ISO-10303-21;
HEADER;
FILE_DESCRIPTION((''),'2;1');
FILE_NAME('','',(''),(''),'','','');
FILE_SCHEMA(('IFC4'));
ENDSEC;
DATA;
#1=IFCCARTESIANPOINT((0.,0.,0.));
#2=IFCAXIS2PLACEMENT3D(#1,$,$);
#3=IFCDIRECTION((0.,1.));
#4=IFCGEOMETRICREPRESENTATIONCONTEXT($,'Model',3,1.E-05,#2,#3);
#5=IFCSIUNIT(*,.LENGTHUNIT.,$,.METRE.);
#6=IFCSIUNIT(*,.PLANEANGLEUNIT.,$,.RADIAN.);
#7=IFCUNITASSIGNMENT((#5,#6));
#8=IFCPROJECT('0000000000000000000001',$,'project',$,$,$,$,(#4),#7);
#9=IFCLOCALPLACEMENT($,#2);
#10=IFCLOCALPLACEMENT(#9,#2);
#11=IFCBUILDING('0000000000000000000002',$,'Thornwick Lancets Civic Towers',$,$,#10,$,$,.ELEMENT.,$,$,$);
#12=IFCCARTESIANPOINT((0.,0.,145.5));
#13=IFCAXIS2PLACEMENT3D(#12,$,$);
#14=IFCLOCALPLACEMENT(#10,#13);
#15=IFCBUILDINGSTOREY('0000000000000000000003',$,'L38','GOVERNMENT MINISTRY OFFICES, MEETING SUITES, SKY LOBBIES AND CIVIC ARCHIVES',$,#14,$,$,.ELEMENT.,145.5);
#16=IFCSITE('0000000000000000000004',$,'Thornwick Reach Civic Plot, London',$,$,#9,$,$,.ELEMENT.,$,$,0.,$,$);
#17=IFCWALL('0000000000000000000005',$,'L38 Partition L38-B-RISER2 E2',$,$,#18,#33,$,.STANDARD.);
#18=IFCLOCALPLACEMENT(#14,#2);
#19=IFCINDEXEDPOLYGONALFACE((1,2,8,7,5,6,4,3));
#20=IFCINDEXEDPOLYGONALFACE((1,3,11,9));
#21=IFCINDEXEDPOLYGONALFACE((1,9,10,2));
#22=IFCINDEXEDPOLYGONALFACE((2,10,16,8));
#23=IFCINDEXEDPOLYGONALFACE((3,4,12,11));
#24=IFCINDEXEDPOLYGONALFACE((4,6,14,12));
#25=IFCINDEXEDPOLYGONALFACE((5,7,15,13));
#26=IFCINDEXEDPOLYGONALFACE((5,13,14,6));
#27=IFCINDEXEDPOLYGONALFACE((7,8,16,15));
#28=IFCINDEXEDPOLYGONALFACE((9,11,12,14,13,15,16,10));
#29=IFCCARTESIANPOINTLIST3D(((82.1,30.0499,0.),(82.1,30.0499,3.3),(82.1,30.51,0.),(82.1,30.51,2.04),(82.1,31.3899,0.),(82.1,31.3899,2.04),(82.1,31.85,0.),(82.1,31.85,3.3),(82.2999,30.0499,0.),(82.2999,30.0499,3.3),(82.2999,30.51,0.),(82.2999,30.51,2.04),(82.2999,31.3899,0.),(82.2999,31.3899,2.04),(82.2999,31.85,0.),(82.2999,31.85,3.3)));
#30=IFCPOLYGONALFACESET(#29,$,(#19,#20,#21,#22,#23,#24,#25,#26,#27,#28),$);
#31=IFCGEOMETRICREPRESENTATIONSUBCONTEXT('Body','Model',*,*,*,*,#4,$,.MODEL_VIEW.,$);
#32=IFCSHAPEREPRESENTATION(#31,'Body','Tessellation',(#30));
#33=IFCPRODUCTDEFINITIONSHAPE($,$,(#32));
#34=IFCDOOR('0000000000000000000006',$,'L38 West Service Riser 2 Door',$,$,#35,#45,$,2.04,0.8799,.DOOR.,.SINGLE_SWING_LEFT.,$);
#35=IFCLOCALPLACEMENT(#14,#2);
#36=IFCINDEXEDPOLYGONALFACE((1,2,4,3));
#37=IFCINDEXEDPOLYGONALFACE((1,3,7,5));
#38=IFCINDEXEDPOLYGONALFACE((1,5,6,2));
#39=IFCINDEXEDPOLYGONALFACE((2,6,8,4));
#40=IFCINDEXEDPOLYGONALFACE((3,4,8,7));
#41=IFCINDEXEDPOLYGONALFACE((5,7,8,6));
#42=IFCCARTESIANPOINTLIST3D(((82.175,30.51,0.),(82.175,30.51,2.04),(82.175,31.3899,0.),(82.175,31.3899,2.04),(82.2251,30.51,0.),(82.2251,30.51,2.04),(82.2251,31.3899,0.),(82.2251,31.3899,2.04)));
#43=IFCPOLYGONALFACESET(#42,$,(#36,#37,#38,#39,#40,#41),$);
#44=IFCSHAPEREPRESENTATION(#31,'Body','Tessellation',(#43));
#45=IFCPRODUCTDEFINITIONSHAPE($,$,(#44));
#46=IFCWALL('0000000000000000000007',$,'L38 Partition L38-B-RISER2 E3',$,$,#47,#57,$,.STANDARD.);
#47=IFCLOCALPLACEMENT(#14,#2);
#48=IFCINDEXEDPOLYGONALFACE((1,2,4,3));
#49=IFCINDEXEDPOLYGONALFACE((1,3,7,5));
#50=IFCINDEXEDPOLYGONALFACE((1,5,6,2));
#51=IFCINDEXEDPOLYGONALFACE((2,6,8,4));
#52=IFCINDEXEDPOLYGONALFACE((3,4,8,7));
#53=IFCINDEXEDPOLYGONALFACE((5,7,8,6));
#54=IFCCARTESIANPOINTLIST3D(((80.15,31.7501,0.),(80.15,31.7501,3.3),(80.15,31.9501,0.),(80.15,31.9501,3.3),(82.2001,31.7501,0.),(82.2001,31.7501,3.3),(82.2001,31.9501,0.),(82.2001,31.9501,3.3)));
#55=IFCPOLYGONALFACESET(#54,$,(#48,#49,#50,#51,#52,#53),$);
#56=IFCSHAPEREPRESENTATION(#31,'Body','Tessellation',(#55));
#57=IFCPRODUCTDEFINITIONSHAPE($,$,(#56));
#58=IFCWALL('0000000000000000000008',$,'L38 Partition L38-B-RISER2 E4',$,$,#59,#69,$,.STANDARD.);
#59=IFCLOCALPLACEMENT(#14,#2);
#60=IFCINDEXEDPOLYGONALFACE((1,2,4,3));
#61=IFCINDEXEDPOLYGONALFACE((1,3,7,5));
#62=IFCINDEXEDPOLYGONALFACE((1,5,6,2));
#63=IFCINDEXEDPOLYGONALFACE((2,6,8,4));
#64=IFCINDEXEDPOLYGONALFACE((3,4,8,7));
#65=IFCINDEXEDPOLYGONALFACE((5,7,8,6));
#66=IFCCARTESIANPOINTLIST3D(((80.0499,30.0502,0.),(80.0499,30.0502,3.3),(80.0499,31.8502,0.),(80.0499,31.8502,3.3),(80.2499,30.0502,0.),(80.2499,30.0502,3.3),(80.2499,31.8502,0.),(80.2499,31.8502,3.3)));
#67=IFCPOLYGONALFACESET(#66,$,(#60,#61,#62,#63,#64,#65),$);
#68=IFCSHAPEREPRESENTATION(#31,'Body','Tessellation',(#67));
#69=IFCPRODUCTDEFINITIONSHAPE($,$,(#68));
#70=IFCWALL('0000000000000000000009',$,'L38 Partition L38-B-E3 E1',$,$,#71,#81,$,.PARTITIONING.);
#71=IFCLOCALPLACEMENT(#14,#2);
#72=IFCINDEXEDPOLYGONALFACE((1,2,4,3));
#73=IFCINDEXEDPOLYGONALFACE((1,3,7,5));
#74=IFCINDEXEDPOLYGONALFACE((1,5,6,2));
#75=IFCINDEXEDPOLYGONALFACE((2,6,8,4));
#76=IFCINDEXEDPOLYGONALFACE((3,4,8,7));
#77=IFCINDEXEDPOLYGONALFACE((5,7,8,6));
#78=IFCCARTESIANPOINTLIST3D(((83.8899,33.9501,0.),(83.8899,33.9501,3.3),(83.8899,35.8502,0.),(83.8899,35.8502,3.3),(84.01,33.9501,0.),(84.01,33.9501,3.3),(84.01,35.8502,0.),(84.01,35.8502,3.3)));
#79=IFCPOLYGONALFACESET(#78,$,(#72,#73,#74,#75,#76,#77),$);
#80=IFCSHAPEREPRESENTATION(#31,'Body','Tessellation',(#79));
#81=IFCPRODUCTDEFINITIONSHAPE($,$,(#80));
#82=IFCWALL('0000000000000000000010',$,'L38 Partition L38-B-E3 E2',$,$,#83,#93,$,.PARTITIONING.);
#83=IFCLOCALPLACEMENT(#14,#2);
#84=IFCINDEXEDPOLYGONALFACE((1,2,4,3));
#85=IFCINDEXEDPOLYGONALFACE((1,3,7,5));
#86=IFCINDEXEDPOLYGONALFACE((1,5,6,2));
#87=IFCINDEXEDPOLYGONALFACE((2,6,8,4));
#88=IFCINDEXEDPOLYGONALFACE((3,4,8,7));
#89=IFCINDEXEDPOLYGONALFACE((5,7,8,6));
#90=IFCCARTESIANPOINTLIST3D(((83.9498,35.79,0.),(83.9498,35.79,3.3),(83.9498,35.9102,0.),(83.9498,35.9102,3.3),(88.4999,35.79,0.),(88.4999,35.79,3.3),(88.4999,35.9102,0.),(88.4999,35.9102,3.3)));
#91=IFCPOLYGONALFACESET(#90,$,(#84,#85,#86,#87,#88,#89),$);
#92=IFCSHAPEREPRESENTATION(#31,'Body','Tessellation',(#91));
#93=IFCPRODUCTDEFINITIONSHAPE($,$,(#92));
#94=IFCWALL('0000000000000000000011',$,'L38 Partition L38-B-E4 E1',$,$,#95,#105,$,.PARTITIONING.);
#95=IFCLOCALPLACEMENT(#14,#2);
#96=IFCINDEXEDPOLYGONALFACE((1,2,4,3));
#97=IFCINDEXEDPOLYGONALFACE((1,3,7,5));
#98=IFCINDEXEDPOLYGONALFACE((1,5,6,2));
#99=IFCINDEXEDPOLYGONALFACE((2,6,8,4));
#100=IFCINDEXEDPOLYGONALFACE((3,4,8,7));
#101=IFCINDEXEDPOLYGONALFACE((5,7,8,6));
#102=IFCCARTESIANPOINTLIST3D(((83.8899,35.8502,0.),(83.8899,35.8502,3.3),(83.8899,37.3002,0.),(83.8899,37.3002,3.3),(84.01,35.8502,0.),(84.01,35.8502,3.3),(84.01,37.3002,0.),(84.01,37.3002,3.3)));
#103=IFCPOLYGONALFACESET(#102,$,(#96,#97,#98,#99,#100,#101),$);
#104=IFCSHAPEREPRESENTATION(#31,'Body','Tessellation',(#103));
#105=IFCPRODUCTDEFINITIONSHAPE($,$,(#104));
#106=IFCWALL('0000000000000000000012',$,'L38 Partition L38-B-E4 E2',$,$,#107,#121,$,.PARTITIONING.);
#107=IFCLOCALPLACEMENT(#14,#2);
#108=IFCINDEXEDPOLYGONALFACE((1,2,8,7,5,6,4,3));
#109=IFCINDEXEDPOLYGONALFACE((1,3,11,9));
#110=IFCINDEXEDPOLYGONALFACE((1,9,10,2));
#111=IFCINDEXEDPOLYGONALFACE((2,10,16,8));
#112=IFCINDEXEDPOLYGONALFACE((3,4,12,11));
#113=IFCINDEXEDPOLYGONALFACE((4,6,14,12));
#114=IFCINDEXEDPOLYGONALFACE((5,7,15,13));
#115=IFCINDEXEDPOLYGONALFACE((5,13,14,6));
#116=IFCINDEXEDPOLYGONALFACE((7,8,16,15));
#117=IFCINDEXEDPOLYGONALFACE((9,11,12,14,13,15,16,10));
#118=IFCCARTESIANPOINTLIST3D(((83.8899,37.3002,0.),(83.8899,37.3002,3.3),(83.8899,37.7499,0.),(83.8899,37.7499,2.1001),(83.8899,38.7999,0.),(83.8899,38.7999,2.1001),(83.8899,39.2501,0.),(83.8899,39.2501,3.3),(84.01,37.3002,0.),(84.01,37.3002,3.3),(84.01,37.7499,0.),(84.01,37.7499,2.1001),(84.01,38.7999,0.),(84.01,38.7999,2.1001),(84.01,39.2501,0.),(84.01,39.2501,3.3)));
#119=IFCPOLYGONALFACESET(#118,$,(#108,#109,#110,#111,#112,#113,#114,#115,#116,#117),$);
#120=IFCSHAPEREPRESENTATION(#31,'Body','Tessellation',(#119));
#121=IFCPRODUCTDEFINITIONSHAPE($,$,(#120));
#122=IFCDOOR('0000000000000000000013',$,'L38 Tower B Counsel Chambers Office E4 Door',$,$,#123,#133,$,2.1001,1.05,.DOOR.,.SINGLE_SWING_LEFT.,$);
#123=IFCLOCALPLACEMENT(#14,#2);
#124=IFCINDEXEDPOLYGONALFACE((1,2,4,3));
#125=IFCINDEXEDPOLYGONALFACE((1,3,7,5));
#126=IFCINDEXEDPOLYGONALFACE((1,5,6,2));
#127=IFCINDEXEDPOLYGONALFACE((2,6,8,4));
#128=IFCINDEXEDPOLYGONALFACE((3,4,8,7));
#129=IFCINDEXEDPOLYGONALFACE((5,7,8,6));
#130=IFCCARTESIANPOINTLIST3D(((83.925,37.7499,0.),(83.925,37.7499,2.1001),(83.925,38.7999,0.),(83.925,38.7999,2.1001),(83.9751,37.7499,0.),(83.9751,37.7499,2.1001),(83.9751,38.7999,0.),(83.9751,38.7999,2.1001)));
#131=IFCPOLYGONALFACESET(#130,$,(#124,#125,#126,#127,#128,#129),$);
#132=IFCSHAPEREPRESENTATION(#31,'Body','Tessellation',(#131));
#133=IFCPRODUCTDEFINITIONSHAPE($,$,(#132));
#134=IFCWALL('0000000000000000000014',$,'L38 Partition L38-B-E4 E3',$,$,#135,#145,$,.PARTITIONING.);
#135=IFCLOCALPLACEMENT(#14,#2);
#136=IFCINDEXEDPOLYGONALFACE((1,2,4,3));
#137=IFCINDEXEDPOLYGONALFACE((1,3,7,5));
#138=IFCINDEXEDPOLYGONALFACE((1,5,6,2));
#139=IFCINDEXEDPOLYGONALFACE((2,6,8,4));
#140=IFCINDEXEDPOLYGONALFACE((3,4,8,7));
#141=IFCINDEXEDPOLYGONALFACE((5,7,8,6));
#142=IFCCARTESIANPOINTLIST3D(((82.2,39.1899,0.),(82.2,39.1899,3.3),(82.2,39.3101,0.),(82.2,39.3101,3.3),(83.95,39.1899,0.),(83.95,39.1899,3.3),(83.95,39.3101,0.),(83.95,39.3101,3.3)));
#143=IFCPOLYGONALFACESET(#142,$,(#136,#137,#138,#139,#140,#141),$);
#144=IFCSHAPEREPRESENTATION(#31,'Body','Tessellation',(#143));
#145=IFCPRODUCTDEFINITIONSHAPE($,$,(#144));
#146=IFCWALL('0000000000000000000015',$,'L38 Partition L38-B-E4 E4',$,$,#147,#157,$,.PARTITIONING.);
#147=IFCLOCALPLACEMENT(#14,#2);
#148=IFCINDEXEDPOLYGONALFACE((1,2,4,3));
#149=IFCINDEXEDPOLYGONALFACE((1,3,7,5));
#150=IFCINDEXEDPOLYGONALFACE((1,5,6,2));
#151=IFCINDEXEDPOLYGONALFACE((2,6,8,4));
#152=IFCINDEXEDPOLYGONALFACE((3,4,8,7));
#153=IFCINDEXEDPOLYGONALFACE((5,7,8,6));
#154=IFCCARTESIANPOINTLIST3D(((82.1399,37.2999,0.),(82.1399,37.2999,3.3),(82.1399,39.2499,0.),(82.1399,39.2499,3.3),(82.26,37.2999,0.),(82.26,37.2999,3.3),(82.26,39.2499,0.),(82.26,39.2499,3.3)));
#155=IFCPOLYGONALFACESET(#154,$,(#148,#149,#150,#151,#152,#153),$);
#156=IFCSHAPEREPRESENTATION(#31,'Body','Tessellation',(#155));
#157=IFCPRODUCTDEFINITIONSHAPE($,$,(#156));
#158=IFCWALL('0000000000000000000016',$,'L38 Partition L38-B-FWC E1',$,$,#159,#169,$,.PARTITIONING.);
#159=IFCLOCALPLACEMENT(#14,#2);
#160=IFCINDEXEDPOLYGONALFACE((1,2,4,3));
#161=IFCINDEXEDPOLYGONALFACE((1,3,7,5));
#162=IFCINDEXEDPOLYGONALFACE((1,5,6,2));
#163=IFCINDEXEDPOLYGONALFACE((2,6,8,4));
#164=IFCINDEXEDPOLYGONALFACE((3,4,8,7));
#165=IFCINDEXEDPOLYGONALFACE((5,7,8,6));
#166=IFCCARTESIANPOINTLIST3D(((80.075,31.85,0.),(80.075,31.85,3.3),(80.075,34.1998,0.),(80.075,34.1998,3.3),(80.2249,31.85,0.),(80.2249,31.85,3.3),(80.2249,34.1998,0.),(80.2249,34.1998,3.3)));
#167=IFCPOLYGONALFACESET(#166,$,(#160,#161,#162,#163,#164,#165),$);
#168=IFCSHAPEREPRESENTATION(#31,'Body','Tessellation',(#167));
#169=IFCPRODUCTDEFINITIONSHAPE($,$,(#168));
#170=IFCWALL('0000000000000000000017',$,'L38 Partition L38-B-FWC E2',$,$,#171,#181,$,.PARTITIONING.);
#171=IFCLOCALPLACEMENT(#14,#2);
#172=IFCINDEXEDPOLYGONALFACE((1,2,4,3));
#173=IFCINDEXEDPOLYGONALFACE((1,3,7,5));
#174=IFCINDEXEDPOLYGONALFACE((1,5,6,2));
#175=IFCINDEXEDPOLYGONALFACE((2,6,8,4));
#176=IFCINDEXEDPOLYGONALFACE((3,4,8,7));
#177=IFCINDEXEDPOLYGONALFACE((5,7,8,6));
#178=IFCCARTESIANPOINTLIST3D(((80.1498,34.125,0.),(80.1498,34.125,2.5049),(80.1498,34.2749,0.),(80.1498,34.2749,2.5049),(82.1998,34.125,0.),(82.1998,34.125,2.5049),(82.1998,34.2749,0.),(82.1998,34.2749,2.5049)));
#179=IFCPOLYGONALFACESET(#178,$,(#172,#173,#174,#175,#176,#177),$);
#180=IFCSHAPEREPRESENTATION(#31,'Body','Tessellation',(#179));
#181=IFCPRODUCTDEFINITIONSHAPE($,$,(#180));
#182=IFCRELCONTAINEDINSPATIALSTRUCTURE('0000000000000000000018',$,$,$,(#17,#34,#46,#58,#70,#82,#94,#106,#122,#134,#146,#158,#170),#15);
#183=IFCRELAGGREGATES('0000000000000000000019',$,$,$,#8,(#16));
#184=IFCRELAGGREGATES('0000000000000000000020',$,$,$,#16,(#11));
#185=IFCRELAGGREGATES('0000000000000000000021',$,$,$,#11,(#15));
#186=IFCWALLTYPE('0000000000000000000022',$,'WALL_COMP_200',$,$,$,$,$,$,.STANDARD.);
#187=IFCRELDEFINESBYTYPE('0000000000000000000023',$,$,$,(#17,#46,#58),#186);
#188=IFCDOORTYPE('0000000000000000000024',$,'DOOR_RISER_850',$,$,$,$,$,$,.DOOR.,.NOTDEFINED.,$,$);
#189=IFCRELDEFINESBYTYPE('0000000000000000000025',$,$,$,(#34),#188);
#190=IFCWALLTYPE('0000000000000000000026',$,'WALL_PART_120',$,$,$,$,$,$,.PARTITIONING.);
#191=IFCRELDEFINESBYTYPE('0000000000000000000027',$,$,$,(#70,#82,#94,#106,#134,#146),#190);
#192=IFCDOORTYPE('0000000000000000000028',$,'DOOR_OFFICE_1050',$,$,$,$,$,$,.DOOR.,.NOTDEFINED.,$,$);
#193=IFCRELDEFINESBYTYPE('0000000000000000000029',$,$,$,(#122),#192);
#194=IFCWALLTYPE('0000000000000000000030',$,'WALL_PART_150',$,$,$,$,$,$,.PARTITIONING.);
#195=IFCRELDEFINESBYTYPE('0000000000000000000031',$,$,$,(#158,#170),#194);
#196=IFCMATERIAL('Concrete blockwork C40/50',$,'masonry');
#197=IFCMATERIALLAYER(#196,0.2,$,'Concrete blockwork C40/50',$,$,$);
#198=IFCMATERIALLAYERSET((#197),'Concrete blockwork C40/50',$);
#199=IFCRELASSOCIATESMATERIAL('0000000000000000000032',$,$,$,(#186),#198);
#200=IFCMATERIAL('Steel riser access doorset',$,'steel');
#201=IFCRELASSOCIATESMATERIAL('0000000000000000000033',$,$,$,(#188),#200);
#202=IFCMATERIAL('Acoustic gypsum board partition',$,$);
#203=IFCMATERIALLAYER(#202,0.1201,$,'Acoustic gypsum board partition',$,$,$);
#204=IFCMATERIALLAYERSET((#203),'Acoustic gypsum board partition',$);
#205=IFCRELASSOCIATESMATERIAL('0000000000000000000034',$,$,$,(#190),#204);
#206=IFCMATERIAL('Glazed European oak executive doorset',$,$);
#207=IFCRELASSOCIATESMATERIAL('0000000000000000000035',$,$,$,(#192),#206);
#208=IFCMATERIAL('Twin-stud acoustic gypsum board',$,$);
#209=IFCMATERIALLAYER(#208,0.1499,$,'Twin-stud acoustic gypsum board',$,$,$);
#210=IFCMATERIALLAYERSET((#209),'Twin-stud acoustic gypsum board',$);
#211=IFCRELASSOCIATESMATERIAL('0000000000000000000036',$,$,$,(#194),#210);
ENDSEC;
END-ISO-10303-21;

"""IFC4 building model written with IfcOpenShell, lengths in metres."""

from ifc_helpers import new_model, si_unit, direction, frame, frame_2d, origin, place, context, subcontext, project, spatial, rectangle, extrude, material, layer, layer_set, type_object, element, fill, save


model = new_model("IFC4")

# Units and contexts
model_context = context("Model", 3, precision=1e-05, world=origin(), true_north=direction((0.0, 1.0)))
body_context = subcontext(model_context, "Body", "Model", "MODEL_VIEW")
ifc_project = project(units=[si_unit("LENGTHUNIT", "METRE"), si_unit("PLANEANGLEUNIT", "RADIAN")], contexts=[model_context])

# Site, building, storey
site_placement = place(None, origin())
site = spatial("IfcSite", under=ifc_project, at=site_placement, Name="Thornwick Reach Civic Plot, London", CompositionType="ELEMENT", RefElevation=0.0)
building_placement = place(site_placement, origin())
building = spatial("IfcBuilding", under=site, at=building_placement, Name="Thornwick Lancets Civic Towers", CompositionType="ELEMENT")
storey_placement = place(building_placement, frame((0.0, 0.0, 145.5)))
storey = spatial("IfcBuildingStorey", under=building, at=storey_placement, Name="L38", Description="GOVERNMENT MINISTRY OFFICES, MEETING SUITES, SKY LOBBIES AND CIVIC ARCHIVES", CompositionType="ELEMENT", Elevation=145.5)

# Shared definitions
ifc_material_1 = material(Name="Concrete blockwork C40/50", Category="masonry")
ifc_layer_1 = layer(ifc_material_1, 0.2, Name="Concrete blockwork C40/50")
ifc_layer_set_1 = layer_set([ifc_layer_1], Name="Concrete blockwork C40/50")
wall_type_1 = type_object("IfcWallType", Name="WALL_COMP_200", PredefinedType="STANDARD", material=ifc_layer_set_1)

# Wall, opening, door
wall_1_placement = place(storey_placement, frame((82.2, 30.05, 0.0), z_axis=(0.0, 0.0, 1.0), x_axis=(0.0, 1.0, 0.0)))
wall_1 = element("IfcWall", 1, at=wall_1_placement, inside=storey, type_object=wall_type_1, Name="L38 Partition L38-B-RISER2 E2", PredefinedType="STANDARD", context=body_context, shape_type="SweptSolid", body=[
    extrude(rectangle(XDim=1.8, YDim=0.2, at=frame_2d((0.8999, 0.0))), origin(), (0.0, 0.0, 1.0), 3.3),
])
opening_1_placement = place(wall_1_placement, frame((0.46, 0.0, 0.0)))
opening_1 = element("IfcOpeningElement", 2, at=opening_1_placement, cuts=wall_1, PredefinedType="OPENING", context=body_context, shape_type="SweptSolid", body=[
    extrude(rectangle(XDim=0.8799, YDim=2.04, at=frame_2d((0.4399, 1.02))), frame((0.0, 0.1099, 0.0), z_axis=(0.0, -1.0, 0.0), x_axis=(1.0, 0.0, 0.0)), (0.0, 0.0, 1.0), 0.22),
])
ifc_material_2 = material(Name="Steel riser access doorset", Category="steel")
door_type_1 = type_object("IfcDoorType", Name="DOOR_RISER_850", OperationType="NOTDEFINED", PredefinedType="DOOR", material=ifc_material_2)
door_1_placement = place(opening_1_placement, origin())
door_1 = element("IfcDoor", 3, at=door_1_placement, inside=storey, type_object=door_type_1, Name="L38 West Service Riser 2 Door", OperationType="SINGLE_SWING_LEFT", OverallHeight=2.04, OverallWidth=0.8799, PredefinedType="DOOR", context=body_context, shape_type="SweptSolid", body=[
    extrude(rectangle(XDim=0.8799, YDim=2.04, at=frame_2d((0.4399, 1.02))), frame((0.0, 0.0249, 0.0), z_axis=(0.0, -1.0, 0.0), x_axis=(1.0, 0.0, 0.0)), (0.0, 0.0, 1.0), 0.05),
])
fill(opening_1, door_1)

# Walls
wall_2_placement = place(storey_placement, frame((82.2, 31.8501, 0.0), z_axis=(0.0, 0.0, 1.0), x_axis=(-1.0, 0.0, 0.0)))
element("IfcWall", 4, at=wall_2_placement, inside=storey, type_object=wall_type_1, Name="L38 Partition L38-B-RISER2 E3", PredefinedType="STANDARD", context=body_context, shape_type="SweptSolid", body=[
    extrude(rectangle(XDim=2.05, YDim=0.2, at=frame_2d((1.0249, 0.0))), origin(), (0.0, 0.0, 1.0), 3.3),
])
wall_3_placement = place(storey_placement, frame((80.1499, 31.8501, 0.0), z_axis=(0.0, 0.0, 1.0), x_axis=(0.0, -1.0, 0.0)))
element("IfcWall", 5, at=wall_3_placement, inside=storey, type_object=wall_type_1, Name="L38 Partition L38-B-RISER2 E4", PredefinedType="STANDARD", context=body_context, shape_type="SweptSolid", body=[
    extrude(rectangle(XDim=1.8, YDim=0.2, at=frame_2d((0.8999, 0.0))), origin(), (0.0, 0.0, 1.0), 3.3),
])
ifc_material_3 = material(Name="Acoustic gypsum board partition")
ifc_layer_2 = layer(ifc_material_3, 0.1201, Name="Acoustic gypsum board partition")
ifc_layer_set_2 = layer_set([ifc_layer_2], Name="Acoustic gypsum board partition")
wall_type_2 = type_object("IfcWallType", Name="WALL_PART_120", PredefinedType="PARTITIONING", material=ifc_layer_set_2)
wall_4_placement = place(storey_placement, frame((83.95, 33.95, 0.0), z_axis=(0.0, 0.0, 1.0), x_axis=(0.0, 1.0, 0.0)))
element("IfcWall", 6, at=wall_4_placement, inside=storey, type_object=wall_type_2, Name="L38 Partition L38-B-E3 E1", PredefinedType="PARTITIONING", context=body_context, shape_type="SweptSolid", body=[
    extrude(rectangle(XDim=1.9001, YDim=0.1201, at=frame_2d((0.9502, 0.0))), origin(), (0.0, 0.0, 1.0), 3.3),
])
wall_5_placement = place(storey_placement, frame((83.95, 35.8501, 0.0), z_axis=(0.0, 0.0, 1.0), x_axis=(1.0, 0.0, 0.0)))
element("IfcWall", 7, at=wall_5_placement, inside=storey, type_object=wall_type_2, Name="L38 Partition L38-B-E3 E2", PredefinedType="PARTITIONING", context=body_context, shape_type="SweptSolid", body=[
    extrude(rectangle(XDim=4.55, YDim=0.1201, at=frame_2d((2.2749, 0.0))), origin(), (0.0, 0.0, 1.0), 3.3),
])
wall_6_placement = place(storey_placement, frame((83.95, 35.8501, 0.0), z_axis=(0.0, 0.0, 1.0), x_axis=(0.0, 1.0, 0.0)))
element("IfcWall", 8, at=wall_6_placement, inside=storey, type_object=wall_type_2, Name="L38 Partition L38-B-E4 E1", PredefinedType="PARTITIONING", context=body_context, shape_type="SweptSolid", body=[
    extrude(rectangle(XDim=1.45, YDim=0.1201, at=frame_2d((0.7251, 0.0))), origin(), (0.0, 0.0, 1.0), 3.3),
])

# Wall, opening, door
wall_7_placement = place(storey_placement, frame((83.95, 37.3, 0.0), z_axis=(0.0, 0.0, 1.0), x_axis=(0.0, 1.0, 0.0)))
wall_7 = element("IfcWall", 9, at=wall_7_placement, inside=storey, type_object=wall_type_2, Name="L38 Partition L38-B-E4 E2", PredefinedType="PARTITIONING", context=body_context, shape_type="SweptSolid", body=[
    extrude(rectangle(XDim=1.95, YDim=0.1201, at=frame_2d((0.9751, 0.0))), origin(), (0.0, 0.0, 1.0), 3.3),
])
opening_2_placement = place(wall_7_placement, frame((0.45, 0.0, 0.0)))
opening_2 = element("IfcOpeningElement", 10, at=opening_2_placement, cuts=wall_7, PredefinedType="OPENING", context=body_context, shape_type="SweptSolid", body=[
    extrude(rectangle(XDim=1.05, YDim=2.1001, at=frame_2d((0.5249, 1.05))), frame((0.0, 0.0701, 0.0), z_axis=(0.0, -1.0, 0.0), x_axis=(1.0, 0.0, 0.0)), (0.0, 0.0, 1.0), 0.1401),
])
ifc_material_4 = material(Name="Glazed European oak executive doorset")
door_type_2 = type_object("IfcDoorType", Name="DOOR_OFFICE_1050", OperationType="NOTDEFINED", PredefinedType="DOOR", material=ifc_material_4)
door_2_placement = place(opening_2_placement, origin())
door_2 = element("IfcDoor", 11, at=door_2_placement, inside=storey, type_object=door_type_2, Name="L38 Tower B Counsel Chambers Office E4 Door", OperationType="SINGLE_SWING_LEFT", OverallHeight=2.1001, OverallWidth=1.05, PredefinedType="DOOR", context=body_context, shape_type="SweptSolid", body=[
    extrude(rectangle(XDim=1.05, YDim=2.1001, at=frame_2d((0.5249, 1.05))), frame((0.0, 0.0249, 0.0), z_axis=(0.0, -1.0, 0.0), x_axis=(1.0, 0.0, 0.0)), (0.0, 0.0, 1.0), 0.05),
])
fill(opening_2, door_2)

# Walls
wall_8_placement = place(storey_placement, frame((83.95, 39.25, 0.0), z_axis=(0.0, 0.0, 1.0), x_axis=(-1.0, 0.0, 0.0)))
element("IfcWall", 12, at=wall_8_placement, inside=storey, type_object=wall_type_2, Name="L38 Partition L38-B-E4 E3", PredefinedType="PARTITIONING", context=body_context, shape_type="SweptSolid", body=[
    extrude(rectangle(XDim=1.75, YDim=0.1201, at=frame_2d((0.875, 0.0))), origin(), (0.0, 0.0, 1.0), 3.3),
])
wall_9_placement = place(storey_placement, frame((82.2, 39.25, 0.0), z_axis=(0.0, 0.0, 1.0), x_axis=(0.0, -1.0, 0.0)))
element("IfcWall", 13, at=wall_9_placement, inside=storey, type_object=wall_type_2, Name="L38 Partition L38-B-E4 E4", PredefinedType="PARTITIONING", context=body_context, shape_type="SweptSolid", body=[
    extrude(rectangle(XDim=1.95, YDim=0.1201, at=frame_2d((0.9751, 0.0))), origin(), (0.0, 0.0, 1.0), 3.3),
])
ifc_material_5 = material(Name="Twin-stud acoustic gypsum board")
ifc_layer_3 = layer(ifc_material_5, 0.1499, Name="Twin-stud acoustic gypsum board")
ifc_layer_set_3 = layer_set([ifc_layer_3], Name="Twin-stud acoustic gypsum board")
wall_type_3 = type_object("IfcWallType", Name="WALL_PART_150", PredefinedType="PARTITIONING", material=ifc_layer_set_3)
wall_10_placement = place(storey_placement, frame((80.1499, 31.8501, 0.0), z_axis=(0.0, 0.0, 1.0), x_axis=(0.0, 1.0, 0.0)))
element("IfcWall", 14, at=wall_10_placement, inside=storey, type_object=wall_type_3, Name="L38 Partition L38-B-FWC E1", PredefinedType="PARTITIONING", context=body_context, shape_type="SweptSolid", body=[
    extrude(rectangle(XDim=2.3499, YDim=0.1499, at=frame_2d((1.1748, 0.0))), origin(), (0.0, 0.0, 1.0), 3.3),
])
wall_11_placement = place(storey_placement, frame((80.1499, 34.2, 0.0), z_axis=(0.0, 0.0, 1.0), x_axis=(1.0, 0.0, 0.0)))
element("IfcWall", 15, at=wall_11_placement, inside=storey, type_object=wall_type_3, Name="L38 Partition L38-B-FWC E2", PredefinedType="PARTITIONING", context=body_context, shape_type="SweptSolid", body=[
    extrude(rectangle(XDim=2.05, YDim=0.1499, at=frame_2d((1.0249, 0.0))), origin(), (0.0, 0.0, 1.0), 2.5049),
])

save(model, "model.ifc")
